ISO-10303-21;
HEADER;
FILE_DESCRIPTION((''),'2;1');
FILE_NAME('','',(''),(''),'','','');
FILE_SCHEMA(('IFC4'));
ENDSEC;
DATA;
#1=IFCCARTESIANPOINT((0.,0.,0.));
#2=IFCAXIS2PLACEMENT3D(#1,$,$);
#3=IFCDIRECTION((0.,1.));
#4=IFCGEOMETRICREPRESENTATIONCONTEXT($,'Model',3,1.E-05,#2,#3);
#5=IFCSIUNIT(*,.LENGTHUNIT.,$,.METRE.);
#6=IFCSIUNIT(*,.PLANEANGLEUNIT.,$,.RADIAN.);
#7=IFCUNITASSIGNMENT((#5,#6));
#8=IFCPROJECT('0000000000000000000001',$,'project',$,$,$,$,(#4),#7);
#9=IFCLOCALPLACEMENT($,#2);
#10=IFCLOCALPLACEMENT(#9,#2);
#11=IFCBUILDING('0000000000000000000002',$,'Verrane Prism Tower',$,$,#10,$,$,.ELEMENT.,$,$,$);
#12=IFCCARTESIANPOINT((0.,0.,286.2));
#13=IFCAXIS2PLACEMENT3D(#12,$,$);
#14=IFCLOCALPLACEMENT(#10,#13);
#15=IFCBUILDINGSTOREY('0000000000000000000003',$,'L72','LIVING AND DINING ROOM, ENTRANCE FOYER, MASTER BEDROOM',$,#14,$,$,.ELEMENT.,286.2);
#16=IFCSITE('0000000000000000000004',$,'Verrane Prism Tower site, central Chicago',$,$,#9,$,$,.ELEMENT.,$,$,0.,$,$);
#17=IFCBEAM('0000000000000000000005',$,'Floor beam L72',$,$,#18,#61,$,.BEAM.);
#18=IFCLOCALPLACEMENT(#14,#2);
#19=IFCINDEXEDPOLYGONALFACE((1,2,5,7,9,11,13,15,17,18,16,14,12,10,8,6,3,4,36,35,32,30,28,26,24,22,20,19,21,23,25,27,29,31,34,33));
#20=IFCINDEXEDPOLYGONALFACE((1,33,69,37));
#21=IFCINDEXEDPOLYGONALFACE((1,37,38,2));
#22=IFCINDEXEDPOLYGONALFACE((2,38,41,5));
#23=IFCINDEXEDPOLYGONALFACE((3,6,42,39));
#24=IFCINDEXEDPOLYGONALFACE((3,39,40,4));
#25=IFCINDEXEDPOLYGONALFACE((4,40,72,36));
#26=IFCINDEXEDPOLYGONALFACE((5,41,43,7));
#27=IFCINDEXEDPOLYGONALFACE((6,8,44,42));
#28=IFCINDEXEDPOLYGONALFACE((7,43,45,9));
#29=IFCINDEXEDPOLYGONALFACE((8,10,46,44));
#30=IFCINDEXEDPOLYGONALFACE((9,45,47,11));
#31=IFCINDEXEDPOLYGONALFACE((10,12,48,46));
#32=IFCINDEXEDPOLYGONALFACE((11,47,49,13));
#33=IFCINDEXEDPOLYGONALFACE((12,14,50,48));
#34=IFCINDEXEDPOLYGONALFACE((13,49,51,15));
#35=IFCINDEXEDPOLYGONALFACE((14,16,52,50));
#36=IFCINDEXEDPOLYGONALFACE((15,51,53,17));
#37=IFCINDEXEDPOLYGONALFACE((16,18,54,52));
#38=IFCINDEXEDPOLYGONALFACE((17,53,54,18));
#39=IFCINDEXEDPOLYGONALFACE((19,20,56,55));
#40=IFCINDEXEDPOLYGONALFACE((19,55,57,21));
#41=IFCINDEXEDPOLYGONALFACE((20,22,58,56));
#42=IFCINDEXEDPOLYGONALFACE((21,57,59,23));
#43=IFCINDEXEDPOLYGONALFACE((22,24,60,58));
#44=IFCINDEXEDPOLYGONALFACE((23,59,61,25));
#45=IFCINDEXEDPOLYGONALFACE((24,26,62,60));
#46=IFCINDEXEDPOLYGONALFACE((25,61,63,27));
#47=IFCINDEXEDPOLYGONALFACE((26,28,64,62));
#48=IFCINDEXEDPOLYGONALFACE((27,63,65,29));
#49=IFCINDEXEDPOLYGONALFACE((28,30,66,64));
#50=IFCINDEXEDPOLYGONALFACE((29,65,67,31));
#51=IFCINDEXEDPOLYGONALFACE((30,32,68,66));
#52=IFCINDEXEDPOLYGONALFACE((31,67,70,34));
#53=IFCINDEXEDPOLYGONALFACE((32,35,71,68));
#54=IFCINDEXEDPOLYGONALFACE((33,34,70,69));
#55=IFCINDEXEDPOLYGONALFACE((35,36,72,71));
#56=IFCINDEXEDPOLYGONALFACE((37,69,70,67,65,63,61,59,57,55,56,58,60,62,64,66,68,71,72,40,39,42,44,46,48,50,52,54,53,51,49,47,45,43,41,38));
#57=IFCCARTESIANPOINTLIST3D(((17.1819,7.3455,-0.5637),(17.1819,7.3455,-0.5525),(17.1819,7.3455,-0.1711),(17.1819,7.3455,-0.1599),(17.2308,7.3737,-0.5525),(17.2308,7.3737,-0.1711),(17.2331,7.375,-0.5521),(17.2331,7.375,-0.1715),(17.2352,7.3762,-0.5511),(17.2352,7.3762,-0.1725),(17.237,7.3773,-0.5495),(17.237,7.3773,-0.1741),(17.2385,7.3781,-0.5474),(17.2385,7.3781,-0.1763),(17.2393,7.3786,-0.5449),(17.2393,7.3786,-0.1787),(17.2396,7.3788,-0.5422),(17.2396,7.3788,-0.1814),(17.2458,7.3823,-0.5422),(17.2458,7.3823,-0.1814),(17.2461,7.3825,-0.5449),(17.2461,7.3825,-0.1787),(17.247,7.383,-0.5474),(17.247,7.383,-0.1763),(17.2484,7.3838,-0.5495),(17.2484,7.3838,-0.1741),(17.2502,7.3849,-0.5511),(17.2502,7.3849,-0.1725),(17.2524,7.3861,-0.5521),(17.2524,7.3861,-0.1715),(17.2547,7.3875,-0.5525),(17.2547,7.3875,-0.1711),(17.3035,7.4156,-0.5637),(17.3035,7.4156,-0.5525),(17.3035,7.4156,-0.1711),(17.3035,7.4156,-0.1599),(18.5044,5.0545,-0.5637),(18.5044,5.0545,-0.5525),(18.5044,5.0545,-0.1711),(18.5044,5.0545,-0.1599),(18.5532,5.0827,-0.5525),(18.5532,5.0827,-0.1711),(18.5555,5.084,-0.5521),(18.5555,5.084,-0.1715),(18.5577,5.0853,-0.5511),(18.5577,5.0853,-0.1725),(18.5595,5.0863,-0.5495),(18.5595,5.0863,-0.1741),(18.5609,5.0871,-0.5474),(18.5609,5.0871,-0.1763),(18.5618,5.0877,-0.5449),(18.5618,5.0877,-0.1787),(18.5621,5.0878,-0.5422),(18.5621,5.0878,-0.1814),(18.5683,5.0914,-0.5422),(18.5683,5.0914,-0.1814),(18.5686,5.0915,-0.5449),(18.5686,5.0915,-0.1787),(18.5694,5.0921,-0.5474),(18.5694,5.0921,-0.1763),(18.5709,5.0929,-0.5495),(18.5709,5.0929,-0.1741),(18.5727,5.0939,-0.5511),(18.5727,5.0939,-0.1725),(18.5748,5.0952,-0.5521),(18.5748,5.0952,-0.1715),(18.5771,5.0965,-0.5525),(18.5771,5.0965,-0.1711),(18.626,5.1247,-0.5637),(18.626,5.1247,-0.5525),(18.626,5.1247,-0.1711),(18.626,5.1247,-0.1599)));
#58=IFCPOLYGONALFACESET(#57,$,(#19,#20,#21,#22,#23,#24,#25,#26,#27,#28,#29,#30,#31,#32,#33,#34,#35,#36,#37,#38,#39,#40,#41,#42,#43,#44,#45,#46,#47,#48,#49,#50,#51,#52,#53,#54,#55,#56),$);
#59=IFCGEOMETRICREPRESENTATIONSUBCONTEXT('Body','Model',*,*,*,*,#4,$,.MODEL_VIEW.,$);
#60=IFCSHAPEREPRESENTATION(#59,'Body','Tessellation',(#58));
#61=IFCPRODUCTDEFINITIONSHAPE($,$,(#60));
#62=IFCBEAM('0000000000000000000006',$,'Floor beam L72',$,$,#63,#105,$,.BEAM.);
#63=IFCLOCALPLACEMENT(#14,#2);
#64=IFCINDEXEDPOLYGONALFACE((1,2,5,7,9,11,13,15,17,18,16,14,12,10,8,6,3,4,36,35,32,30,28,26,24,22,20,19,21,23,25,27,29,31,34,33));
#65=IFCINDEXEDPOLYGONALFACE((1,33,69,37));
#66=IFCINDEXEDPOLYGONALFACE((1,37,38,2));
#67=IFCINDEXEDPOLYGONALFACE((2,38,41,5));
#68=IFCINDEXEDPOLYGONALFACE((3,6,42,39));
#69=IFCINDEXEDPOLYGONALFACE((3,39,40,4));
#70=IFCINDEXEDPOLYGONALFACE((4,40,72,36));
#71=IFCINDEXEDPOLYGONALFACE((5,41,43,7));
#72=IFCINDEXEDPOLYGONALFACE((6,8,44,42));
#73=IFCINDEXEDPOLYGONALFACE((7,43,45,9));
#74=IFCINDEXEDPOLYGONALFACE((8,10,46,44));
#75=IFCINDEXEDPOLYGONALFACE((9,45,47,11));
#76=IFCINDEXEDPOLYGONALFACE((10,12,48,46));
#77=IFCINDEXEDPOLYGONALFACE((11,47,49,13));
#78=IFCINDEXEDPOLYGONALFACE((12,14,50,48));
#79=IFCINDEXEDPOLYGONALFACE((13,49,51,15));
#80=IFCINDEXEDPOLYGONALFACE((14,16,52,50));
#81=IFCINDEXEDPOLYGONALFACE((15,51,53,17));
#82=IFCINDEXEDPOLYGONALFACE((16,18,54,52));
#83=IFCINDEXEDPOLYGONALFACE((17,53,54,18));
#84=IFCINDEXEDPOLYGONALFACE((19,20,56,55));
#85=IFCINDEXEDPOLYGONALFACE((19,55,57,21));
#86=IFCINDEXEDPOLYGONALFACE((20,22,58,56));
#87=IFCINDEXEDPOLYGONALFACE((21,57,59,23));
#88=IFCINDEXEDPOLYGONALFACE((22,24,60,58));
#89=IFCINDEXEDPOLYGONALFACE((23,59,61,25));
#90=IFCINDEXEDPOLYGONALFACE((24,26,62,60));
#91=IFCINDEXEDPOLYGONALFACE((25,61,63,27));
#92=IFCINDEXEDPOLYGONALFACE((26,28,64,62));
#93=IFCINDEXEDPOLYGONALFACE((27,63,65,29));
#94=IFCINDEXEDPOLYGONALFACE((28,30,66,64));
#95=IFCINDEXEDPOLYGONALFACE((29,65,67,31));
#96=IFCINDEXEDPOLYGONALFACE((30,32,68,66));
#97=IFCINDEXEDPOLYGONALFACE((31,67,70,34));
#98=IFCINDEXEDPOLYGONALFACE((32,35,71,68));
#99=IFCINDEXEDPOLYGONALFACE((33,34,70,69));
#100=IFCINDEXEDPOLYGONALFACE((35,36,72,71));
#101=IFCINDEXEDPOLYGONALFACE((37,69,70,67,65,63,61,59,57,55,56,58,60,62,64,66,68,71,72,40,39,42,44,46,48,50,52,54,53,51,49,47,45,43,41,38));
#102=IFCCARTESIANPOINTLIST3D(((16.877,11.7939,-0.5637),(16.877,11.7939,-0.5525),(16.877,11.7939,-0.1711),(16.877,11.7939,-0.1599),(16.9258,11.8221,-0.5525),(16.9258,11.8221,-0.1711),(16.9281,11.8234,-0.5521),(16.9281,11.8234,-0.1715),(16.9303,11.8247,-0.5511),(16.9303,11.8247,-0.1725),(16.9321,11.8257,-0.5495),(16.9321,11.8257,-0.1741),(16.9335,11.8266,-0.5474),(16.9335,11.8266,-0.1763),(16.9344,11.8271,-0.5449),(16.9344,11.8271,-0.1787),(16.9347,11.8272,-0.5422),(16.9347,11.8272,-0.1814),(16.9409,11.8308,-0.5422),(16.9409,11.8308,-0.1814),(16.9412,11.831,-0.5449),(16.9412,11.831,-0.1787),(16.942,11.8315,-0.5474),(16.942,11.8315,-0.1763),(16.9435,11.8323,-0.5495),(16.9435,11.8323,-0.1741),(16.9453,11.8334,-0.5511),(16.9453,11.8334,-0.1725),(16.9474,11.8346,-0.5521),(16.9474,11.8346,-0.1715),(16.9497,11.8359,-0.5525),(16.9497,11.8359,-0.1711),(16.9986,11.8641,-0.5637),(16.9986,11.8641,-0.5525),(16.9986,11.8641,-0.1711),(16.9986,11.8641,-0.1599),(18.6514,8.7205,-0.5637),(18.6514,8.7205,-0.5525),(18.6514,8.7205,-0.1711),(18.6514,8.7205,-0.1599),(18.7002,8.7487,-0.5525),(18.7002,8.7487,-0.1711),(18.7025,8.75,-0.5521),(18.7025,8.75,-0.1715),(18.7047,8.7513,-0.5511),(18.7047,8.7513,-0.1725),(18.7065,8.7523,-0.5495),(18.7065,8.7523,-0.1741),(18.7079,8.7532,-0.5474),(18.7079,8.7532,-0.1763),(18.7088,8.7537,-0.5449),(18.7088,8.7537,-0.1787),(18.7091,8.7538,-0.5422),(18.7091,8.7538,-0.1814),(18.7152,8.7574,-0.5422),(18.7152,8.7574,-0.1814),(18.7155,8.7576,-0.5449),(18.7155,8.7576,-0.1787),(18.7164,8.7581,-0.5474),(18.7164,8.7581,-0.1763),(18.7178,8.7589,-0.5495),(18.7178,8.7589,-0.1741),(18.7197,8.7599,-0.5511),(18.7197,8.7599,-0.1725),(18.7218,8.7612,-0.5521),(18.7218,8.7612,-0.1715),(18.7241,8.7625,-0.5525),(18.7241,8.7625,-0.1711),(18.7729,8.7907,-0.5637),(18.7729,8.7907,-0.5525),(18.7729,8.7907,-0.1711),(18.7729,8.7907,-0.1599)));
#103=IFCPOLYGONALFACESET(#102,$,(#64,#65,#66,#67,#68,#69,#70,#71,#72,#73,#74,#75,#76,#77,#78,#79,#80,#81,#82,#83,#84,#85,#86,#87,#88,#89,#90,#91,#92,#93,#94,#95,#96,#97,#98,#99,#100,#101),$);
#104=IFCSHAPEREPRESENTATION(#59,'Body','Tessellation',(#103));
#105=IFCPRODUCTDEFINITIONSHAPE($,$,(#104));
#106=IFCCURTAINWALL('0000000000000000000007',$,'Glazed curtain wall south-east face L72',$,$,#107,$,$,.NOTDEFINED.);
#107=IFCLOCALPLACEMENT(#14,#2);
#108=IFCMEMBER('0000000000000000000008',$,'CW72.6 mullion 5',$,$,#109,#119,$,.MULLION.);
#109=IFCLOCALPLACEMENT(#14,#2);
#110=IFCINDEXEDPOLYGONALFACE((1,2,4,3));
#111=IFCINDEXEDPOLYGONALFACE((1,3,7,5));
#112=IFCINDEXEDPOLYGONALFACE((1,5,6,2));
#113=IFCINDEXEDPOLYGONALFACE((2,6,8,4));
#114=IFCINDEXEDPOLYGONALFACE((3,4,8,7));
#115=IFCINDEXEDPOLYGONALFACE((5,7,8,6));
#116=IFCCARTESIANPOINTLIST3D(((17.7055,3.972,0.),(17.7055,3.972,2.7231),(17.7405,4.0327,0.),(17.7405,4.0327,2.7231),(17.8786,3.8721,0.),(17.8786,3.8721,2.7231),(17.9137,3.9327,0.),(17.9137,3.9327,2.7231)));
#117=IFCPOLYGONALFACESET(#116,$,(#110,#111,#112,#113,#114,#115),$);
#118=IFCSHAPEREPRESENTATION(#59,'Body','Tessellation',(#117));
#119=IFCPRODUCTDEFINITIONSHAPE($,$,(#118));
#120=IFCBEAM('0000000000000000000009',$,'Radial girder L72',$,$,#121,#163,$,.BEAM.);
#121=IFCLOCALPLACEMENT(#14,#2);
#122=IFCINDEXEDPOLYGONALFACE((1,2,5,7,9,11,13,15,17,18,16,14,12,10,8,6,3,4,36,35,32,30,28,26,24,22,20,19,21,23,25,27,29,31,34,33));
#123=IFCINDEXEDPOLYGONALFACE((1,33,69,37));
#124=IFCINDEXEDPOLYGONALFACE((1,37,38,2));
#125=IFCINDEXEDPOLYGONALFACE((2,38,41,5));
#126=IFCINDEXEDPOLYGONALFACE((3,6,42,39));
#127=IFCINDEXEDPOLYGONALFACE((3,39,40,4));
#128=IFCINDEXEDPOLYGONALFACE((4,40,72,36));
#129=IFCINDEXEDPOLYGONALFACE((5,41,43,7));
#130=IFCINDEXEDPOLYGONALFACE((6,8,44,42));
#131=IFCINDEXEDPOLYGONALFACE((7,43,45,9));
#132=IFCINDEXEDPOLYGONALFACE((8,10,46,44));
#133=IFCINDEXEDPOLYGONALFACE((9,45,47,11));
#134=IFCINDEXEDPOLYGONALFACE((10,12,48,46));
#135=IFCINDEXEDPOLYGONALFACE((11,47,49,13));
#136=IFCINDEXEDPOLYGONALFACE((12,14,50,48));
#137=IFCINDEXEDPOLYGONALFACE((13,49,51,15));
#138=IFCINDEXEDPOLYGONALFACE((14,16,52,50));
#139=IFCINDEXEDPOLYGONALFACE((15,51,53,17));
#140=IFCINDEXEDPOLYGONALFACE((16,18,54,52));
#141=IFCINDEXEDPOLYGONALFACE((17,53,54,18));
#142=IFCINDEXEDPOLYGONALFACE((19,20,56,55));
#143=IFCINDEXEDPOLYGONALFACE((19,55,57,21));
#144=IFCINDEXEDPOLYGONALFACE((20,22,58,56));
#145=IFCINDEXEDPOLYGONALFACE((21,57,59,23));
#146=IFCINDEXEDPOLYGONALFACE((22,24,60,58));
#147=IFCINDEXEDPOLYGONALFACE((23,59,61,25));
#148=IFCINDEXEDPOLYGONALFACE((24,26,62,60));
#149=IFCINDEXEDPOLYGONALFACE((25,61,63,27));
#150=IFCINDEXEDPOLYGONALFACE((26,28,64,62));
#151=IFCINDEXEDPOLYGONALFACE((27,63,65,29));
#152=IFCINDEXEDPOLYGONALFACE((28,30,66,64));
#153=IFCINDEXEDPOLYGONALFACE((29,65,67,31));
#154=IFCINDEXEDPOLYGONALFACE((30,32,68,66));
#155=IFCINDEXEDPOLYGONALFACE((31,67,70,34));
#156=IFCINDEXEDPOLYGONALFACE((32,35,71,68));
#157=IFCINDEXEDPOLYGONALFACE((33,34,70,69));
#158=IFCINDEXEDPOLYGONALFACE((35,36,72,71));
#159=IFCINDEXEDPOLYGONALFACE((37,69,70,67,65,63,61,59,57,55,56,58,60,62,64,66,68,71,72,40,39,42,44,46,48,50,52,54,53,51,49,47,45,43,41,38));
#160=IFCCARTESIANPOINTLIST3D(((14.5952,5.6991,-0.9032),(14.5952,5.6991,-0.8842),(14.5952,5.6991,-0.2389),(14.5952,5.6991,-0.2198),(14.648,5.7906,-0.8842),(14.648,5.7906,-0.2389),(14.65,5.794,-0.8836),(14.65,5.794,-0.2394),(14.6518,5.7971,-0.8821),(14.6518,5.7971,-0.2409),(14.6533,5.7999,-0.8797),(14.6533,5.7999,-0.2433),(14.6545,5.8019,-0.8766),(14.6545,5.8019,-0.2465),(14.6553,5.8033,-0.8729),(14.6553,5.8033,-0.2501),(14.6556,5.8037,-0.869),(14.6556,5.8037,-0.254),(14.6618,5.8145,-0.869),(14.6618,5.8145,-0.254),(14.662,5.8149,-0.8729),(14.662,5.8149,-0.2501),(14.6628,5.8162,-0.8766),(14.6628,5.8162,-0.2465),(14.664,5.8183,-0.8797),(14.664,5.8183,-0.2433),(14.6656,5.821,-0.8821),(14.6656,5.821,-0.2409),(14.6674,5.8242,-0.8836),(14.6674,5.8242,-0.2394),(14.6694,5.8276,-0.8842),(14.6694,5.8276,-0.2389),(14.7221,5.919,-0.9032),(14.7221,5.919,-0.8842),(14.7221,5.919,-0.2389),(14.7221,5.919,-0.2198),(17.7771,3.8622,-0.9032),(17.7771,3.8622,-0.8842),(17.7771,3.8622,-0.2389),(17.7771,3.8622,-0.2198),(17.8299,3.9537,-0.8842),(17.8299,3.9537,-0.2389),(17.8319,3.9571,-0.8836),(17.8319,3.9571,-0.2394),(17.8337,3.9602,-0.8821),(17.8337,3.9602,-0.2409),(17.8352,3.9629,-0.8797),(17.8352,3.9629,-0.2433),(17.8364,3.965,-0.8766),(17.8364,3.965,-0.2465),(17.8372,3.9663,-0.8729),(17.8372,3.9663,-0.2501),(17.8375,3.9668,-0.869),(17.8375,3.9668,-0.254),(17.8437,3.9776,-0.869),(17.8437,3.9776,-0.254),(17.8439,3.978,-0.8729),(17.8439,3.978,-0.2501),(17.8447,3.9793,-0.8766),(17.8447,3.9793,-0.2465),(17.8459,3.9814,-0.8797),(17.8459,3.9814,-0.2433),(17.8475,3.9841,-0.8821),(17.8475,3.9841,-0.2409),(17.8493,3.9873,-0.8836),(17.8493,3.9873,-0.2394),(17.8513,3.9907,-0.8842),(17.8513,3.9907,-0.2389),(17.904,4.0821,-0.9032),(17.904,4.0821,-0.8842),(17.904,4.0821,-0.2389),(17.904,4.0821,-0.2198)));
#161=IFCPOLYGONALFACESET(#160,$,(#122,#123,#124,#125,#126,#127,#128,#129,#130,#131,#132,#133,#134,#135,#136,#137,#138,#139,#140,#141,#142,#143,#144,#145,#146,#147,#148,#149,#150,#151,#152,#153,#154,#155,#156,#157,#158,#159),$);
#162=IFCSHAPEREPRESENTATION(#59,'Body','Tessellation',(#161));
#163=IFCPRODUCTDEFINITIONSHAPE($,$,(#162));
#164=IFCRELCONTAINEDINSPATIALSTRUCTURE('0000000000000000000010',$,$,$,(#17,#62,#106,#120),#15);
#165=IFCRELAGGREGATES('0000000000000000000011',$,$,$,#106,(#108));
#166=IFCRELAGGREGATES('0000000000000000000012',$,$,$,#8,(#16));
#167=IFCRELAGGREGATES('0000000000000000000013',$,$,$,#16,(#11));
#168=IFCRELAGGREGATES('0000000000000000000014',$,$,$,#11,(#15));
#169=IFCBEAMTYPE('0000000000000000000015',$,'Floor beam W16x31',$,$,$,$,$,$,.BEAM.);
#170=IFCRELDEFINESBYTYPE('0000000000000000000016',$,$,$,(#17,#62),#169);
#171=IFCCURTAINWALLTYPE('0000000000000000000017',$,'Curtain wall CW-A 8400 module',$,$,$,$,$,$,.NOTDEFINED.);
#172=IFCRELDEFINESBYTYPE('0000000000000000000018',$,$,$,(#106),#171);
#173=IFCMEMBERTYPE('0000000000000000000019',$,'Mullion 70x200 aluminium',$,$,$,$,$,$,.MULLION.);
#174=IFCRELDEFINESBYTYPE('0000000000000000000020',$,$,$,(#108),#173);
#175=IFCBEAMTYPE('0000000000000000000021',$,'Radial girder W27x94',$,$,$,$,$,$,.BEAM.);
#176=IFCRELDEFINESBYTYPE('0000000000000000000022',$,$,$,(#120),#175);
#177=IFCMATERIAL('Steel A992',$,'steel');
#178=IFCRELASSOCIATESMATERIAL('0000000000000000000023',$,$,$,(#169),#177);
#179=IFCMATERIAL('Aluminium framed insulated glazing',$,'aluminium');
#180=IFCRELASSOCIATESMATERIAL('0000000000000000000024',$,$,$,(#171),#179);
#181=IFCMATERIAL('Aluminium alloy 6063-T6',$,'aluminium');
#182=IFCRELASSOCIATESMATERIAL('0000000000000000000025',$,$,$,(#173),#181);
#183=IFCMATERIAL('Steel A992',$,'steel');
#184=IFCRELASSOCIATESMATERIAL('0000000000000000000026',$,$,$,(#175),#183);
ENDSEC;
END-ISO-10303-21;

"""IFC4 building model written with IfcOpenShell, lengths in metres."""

from ifc_helpers import new_model, si_unit, direction, frame, origin, origin_2d, place, context, subcontext, project, spatial, rectangle, i_section, extrude, material, material_profile, profile_set, type_object, element, aggregate, save


model = new_model("IFC4")

# Units and contexts
model_context = context("Model", 3, precision=1e-05, world=origin(), true_north=direction((0.0, 1.0)))
body_context = subcontext(model_context, "Body", "Model", "MODEL_VIEW")
ifc_project = project(units=[si_unit("LENGTHUNIT", "METRE"), si_unit("PLANEANGLEUNIT", "RADIAN")], contexts=[model_context])

# Site, building, storey
site_placement = place(None, origin())
site = spatial("IfcSite", under=ifc_project, at=site_placement, Name="Verrane Prism Tower site, central Chicago", CompositionType="ELEMENT", RefElevation=0.0)
building_placement = place(site_placement, origin())
building = spatial("IfcBuilding", under=site, at=building_placement, Name="Verrane Prism Tower", CompositionType="ELEMENT")
storey_placement = place(building_placement, frame((0.0, 0.0, 286.2)))
storey = spatial("IfcBuildingStorey", under=building, at=storey_placement, Name="L72", Description="LIVING AND DINING ROOM, ENTRANCE FOYER, MASTER BEDROOM", CompositionType="ELEMENT", Elevation=286.2)

# Beams
ifc_material_1 = material(Name="Steel A992", Category="steel")
ifc_material_profile_1 = material_profile(ifc_material_1, i_section(OverallWidth=0.1404, OverallDepth=0.4038, WebThickness=0.0071, FlangeThickness=0.0112, FilletRadius=0.0103, at=origin_2d()), Name="W16x31")
ifc_profile_set_1 = profile_set([ifc_material_profile_1], Name="Steel A992")
beam_type_1 = type_object("IfcBeamType", Name="Floor beam W16x31", PredefinedType="BEAM", material=ifc_profile_set_1)
beam_1_placement = place(storey_placement, frame((18.5652, 5.0896, -0.3618), z_axis=(-0.499941, 0.86606, 0.0), x_axis=(-0.86606, -0.499941, 0.0)))
element("IfcBeam", 1, at=beam_1_placement, inside=storey, type_object=beam_type_1, Name="Floor beam L72", PredefinedType="BEAM", context=body_context, shape_type="SweptSolid", body=[
    extrude(i_section(OverallWidth=0.1404, OverallDepth=0.4038, WebThickness=0.0071, FlangeThickness=0.0112, FilletRadius=0.0103, at=origin_2d()), origin(), (0.0, 0.0, 1.0), 2.6453),
])
beam_2_placement = place(storey_placement, frame((18.7122, 8.7556, -0.3618), z_axis=(-0.499986, 0.866033, 0.0), x_axis=(-0.866033, -0.499986, 0.0)))
element("IfcBeam", 2, at=beam_2_placement, inside=storey, type_object=beam_type_1, Name="Floor beam L72", PredefinedType="BEAM", context=body_context, shape_type="SweptSolid", body=[
    extrude(i_section(OverallWidth=0.1404, OverallDepth=0.4038, WebThickness=0.0071, FlangeThickness=0.0112, FilletRadius=0.0103, at=origin_2d()), origin(), (0.0, 0.0, 1.0), 3.5488),
])

# Curtain wall, member
ifc_material_2 = material(Name="Aluminium framed insulated glazing", Category="aluminium")
curtain_wall_type = type_object("IfcCurtainWallType", Name="Curtain wall CW-A 8400 module", PredefinedType="NOTDEFINED", material=ifc_material_2)
curtain_wall_placement = place(storey_placement, origin())
curtain_wall = element("IfcCurtainWall", 3, at=curtain_wall_placement, inside=storey, type_object=curtain_wall_type, Name="Glazed curtain wall south-east face L72", PredefinedType="NOTDEFINED")
ifc_material_3 = material(Name="Aluminium alloy 6063-T6", Category="aluminium")
ifc_material_profile_2 = material_profile(ifc_material_3, rectangle(XDim=0.2, YDim=0.0701, at=origin_2d()), Name="Mullion 70x200 aluminium")
ifc_profile_set_2 = profile_set([ifc_material_profile_2], Name="Aluminium alloy 6063-T6")
member_type_1 = type_object("IfcMemberType", Name="Mullion 70x200 aluminium", PredefinedType="MULLION", material=ifc_profile_set_2)
member_1_placement = place(storey_placement, frame((17.8096, 3.9524, 0.0), z_axis=(0.0, 0.0, 1.0), x_axis=(-0.866025, 0.500001, 0.0)))
member_1 = element("IfcMember", 4, at=member_1_placement, type_object=member_type_1, Name="CW72.6 mullion 5", PredefinedType="MULLION", context=body_context, shape_type="SweptSolid", body=[
    extrude(rectangle(XDim=0.2, YDim=0.0701, at=origin_2d()), origin(), (0.0, 0.0, 1.0), 2.7231),
])

# Beam
ifc_material_4 = material(Name="Steel A992", Category="steel")
ifc_material_profile_3 = material_profile(ifc_material_4, i_section(OverallWidth=0.2539, OverallDepth=0.6833, WebThickness=0.0125, FlangeThickness=0.019, FilletRadius=0.0151, at=origin_2d()), Name="W27x94")
ifc_profile_set_3 = profile_set([ifc_material_profile_3], Name="Steel A992")
beam_type_2 = type_object("IfcBeamType", Name="Radial girder W27x94", PredefinedType="BEAM", material=ifc_profile_set_3)
beam_3_placement = place(storey_placement, frame((17.8406, 3.9722, -0.5615), z_axis=(-0.866043, 0.49997, 0.0), x_axis=(-0.49997, -0.866043, 0.0)))
element("IfcBeam", 5, at=beam_3_placement, inside=storey, type_object=beam_type_2, Name="Radial girder L72", PredefinedType="BEAM", context=body_context, shape_type="SweptSolid", body=[
    extrude(i_section(OverallWidth=0.2539, OverallDepth=0.6833, WebThickness=0.0125, FlangeThickness=0.019, FilletRadius=0.0151, at=origin_2d()), origin(), (0.0, 0.0, 1.0), 3.6741),
])

aggregate(curtain_wall, [member_1])

save(model, "model.ifc")
